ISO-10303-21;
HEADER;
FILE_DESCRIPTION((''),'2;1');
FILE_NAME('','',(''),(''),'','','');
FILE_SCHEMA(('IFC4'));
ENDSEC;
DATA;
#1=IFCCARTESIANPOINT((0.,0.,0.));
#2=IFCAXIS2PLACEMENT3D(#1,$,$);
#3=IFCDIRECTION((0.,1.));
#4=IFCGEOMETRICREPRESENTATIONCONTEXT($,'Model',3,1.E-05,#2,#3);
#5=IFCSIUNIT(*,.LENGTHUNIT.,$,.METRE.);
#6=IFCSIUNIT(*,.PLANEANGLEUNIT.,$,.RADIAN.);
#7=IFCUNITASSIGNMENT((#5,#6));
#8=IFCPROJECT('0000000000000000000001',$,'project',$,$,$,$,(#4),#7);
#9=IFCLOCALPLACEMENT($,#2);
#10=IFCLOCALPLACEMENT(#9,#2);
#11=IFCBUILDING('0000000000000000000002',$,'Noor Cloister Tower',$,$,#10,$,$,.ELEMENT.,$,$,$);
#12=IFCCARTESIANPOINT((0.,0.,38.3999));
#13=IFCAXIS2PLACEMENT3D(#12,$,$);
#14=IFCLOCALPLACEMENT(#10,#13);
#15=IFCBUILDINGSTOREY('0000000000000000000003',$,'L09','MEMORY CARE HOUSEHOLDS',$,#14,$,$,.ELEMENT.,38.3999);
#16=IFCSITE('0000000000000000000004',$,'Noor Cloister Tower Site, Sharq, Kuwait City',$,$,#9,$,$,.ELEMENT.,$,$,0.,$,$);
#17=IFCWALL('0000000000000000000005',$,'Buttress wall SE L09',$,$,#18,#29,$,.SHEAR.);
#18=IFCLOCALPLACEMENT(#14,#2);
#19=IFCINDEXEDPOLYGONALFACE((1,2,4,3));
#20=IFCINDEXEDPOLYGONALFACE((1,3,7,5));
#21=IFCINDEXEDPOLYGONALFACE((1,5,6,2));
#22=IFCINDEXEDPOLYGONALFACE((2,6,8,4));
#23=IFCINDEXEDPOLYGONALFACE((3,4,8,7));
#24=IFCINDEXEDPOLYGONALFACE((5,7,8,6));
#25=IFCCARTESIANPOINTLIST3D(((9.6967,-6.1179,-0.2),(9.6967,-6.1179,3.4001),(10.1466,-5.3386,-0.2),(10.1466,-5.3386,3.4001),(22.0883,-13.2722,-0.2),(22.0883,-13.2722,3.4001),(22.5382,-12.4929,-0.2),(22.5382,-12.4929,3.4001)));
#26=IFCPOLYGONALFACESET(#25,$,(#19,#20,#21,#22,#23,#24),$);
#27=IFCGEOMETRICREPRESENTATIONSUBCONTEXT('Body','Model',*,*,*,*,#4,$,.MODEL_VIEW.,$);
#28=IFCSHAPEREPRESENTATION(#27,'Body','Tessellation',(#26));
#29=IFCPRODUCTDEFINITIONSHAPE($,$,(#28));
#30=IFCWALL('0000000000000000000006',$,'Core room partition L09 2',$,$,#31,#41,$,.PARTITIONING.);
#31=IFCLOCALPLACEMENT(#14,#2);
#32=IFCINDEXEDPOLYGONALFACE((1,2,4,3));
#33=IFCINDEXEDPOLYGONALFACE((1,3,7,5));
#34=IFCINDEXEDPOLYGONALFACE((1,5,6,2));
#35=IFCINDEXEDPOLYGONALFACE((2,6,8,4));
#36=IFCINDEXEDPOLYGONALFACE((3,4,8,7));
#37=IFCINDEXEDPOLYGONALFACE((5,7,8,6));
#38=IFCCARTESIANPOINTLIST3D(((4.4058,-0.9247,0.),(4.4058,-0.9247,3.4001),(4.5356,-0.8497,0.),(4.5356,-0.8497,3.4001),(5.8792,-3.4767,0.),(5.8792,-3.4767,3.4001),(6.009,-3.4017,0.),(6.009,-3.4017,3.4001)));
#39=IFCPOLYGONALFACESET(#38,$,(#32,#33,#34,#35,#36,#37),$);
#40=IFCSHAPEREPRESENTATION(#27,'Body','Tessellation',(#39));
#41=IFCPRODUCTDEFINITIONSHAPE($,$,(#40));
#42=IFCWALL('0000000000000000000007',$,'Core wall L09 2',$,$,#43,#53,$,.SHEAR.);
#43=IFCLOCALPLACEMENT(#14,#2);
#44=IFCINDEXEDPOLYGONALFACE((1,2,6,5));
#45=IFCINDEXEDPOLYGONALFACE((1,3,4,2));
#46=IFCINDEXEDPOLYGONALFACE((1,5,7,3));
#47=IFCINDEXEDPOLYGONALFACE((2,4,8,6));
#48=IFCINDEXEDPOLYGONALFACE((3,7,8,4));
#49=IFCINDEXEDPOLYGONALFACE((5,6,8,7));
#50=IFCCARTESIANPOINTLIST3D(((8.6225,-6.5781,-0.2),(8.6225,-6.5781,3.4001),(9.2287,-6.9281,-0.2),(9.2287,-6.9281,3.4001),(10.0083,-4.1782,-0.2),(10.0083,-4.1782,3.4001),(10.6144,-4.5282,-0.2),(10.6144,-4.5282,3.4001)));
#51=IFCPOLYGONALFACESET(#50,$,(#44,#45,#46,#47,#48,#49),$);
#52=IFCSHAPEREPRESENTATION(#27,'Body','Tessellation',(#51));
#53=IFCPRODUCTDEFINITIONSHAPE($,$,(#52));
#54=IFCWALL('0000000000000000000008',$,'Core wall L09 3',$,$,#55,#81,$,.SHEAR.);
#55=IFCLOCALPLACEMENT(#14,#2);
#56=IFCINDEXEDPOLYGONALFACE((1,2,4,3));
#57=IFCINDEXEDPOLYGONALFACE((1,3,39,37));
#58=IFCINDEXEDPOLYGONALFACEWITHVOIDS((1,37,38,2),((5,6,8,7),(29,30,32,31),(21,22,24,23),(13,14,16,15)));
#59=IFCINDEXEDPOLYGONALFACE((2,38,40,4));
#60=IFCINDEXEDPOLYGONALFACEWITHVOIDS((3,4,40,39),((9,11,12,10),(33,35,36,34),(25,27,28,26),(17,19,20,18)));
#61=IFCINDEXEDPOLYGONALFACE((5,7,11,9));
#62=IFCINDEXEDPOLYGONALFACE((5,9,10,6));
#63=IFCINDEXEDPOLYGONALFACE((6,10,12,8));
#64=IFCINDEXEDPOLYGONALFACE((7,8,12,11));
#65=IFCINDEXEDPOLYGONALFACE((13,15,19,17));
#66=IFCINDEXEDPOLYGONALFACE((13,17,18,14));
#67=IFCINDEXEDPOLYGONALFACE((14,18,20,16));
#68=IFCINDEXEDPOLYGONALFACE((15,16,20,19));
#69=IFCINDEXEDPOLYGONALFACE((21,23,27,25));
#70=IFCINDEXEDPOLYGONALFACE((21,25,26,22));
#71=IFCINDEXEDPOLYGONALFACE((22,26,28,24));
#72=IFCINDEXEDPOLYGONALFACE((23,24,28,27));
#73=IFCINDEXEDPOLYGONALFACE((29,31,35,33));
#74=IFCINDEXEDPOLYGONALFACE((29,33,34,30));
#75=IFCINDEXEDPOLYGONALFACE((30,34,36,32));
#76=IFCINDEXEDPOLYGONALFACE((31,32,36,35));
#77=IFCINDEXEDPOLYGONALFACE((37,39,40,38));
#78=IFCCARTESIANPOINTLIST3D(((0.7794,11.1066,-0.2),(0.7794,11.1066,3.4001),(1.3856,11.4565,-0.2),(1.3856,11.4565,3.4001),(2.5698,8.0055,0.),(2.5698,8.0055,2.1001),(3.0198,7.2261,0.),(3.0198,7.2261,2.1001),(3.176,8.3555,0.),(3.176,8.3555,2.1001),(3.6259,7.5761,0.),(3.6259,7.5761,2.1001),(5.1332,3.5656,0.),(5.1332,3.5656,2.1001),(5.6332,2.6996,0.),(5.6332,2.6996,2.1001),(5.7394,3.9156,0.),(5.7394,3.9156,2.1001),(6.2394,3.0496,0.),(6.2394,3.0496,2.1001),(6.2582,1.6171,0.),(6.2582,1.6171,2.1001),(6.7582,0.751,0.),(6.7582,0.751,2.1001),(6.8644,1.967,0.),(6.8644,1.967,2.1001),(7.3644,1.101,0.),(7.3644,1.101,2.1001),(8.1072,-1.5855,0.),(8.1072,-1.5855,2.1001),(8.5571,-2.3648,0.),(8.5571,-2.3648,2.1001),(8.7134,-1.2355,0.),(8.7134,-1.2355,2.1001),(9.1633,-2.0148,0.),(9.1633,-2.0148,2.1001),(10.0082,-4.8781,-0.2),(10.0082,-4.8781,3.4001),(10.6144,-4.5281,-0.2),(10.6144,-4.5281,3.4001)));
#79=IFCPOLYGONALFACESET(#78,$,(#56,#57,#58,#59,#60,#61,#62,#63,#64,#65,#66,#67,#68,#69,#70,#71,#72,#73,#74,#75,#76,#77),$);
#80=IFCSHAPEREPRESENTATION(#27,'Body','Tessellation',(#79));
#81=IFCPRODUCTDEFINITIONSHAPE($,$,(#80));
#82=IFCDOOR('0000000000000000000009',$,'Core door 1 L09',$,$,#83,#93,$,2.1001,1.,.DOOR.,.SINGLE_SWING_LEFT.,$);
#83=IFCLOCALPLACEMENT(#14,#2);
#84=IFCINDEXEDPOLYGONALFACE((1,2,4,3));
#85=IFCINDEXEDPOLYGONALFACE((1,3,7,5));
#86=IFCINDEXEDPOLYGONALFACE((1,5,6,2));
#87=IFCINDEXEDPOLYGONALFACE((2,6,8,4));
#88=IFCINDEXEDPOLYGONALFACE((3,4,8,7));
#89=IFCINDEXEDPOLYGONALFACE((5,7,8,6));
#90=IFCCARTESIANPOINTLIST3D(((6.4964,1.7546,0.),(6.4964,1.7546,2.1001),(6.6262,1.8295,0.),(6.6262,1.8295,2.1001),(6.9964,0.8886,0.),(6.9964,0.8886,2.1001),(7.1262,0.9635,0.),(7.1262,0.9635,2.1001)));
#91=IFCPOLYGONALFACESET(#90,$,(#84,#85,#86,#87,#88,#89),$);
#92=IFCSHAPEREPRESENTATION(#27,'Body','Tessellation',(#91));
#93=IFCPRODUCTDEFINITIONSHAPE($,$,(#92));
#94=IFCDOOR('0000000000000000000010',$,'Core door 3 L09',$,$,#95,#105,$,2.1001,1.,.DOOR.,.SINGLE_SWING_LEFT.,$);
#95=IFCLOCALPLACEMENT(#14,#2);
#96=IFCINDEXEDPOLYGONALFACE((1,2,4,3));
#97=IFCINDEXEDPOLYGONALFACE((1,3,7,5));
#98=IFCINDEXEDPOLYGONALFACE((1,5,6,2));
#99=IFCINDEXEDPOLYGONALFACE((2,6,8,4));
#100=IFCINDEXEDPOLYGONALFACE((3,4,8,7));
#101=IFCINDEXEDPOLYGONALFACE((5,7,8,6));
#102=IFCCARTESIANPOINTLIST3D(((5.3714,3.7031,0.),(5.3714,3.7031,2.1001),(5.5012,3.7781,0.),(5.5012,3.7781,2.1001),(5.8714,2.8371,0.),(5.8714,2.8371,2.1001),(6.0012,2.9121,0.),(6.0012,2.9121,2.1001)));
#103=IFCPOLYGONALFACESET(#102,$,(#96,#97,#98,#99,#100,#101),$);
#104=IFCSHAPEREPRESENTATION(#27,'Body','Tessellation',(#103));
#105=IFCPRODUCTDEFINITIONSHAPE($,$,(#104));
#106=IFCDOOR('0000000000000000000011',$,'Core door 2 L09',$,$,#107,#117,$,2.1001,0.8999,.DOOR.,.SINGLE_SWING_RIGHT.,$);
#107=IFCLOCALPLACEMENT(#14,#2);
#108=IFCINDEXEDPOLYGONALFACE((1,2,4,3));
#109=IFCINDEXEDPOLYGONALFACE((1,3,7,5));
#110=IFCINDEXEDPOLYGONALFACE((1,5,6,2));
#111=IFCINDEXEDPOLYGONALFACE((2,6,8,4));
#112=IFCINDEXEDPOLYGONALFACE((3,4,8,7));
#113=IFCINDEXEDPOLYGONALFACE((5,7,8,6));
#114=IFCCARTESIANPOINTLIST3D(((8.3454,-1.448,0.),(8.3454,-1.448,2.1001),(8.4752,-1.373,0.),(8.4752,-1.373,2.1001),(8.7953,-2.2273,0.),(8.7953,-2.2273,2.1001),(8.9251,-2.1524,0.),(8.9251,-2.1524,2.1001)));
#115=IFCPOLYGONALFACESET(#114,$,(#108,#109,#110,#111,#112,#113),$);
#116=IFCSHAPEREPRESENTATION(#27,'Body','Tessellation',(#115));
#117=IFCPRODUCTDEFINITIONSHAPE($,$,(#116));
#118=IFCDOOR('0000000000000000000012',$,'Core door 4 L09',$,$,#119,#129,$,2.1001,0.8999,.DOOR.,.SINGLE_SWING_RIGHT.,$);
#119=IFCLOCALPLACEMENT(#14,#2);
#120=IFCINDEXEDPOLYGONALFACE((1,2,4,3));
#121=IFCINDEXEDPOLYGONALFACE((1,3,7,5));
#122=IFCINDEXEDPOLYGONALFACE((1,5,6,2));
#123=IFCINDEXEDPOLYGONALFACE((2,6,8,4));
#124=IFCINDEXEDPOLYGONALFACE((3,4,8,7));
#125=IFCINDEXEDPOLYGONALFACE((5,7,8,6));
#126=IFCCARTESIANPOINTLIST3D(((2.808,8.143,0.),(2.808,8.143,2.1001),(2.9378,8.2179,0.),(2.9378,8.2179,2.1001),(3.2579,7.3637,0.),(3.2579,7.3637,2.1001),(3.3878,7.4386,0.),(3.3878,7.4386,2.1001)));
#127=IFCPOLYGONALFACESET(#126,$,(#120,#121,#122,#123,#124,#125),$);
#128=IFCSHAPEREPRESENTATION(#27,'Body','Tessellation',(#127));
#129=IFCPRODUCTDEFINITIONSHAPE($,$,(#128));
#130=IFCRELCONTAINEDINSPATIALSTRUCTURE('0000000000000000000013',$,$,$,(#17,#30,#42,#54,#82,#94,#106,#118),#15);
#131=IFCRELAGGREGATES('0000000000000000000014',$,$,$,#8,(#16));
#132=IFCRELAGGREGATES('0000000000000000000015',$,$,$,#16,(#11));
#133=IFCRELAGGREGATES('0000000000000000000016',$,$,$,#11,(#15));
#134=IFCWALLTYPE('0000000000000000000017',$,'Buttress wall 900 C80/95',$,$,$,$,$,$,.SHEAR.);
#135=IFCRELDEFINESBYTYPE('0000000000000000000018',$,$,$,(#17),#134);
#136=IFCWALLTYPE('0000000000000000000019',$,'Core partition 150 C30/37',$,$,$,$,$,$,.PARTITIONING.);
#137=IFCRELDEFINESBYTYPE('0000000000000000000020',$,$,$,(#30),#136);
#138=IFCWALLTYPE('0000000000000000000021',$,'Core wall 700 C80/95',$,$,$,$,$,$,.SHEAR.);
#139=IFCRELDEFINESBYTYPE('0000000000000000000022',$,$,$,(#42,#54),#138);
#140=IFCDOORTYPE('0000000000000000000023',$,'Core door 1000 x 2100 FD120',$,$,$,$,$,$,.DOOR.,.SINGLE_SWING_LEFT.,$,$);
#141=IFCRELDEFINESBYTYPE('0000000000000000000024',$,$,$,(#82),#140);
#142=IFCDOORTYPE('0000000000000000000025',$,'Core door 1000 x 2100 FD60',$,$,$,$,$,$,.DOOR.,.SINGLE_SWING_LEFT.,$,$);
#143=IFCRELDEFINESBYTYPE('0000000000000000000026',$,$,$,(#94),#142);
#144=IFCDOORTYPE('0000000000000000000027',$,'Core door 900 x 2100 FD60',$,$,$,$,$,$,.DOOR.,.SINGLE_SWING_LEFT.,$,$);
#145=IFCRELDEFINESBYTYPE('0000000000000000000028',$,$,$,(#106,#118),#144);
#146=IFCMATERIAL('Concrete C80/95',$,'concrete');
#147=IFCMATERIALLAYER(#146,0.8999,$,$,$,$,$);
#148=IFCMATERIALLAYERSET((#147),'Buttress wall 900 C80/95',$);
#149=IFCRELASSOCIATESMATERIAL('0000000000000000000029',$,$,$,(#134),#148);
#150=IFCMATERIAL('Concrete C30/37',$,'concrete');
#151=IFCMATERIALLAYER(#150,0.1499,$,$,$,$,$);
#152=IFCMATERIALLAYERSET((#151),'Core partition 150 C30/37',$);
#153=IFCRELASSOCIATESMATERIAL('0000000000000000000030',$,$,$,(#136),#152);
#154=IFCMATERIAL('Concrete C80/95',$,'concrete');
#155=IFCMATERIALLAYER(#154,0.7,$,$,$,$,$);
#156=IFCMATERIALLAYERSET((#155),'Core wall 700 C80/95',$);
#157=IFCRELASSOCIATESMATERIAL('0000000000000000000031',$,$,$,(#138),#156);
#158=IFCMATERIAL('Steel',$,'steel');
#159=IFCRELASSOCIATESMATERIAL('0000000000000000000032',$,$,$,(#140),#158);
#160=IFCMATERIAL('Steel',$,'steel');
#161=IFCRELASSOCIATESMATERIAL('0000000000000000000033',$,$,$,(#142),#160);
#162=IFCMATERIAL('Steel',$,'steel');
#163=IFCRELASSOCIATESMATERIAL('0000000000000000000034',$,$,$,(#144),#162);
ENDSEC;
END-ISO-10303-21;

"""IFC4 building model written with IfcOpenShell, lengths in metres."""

from ifc_helpers import new_model, si_unit, direction, frame, frame_2d, origin, place, context, subcontext, project, spatial, rectangle, extrude, material, layer, layer_set, type_object, element, fill, save


model = new_model("IFC4")

# Units and contexts
model_context = context("Model", 3, precision=1e-05, world=origin(), true_north=direction((0.0, 1.0)))
body_context = subcontext(model_context, "Body", "Model", "MODEL_VIEW")
ifc_project = project(units=[si_unit("LENGTHUNIT", "METRE"), si_unit("PLANEANGLEUNIT", "RADIAN")], contexts=[model_context])

# Site, building, storey
site_placement = place(None, origin())
site = spatial("IfcSite", under=ifc_project, at=site_placement, Name="Noor Cloister Tower Site, Sharq, Kuwait City", CompositionType="ELEMENT", RefElevation=0.0)
building_placement = place(site_placement, origin())
building = spatial("IfcBuilding", under=site, at=building_placement, Name="Noor Cloister Tower", CompositionType="ELEMENT")
storey_placement = place(building_placement, frame((0.0, 0.0, 38.3999)))
storey = spatial("IfcBuildingStorey", under=building, at=storey_placement, Name="L09", Description="MEMORY CARE HOUSEHOLDS", CompositionType="ELEMENT", Elevation=38.3999)

# Walls
ifc_material_1 = material(Name="Concrete C80/95", Category="concrete")
ifc_layer_1 = layer(ifc_material_1, 0.8999)
ifc_layer_set_1 = layer_set([ifc_layer_1], Name="Buttress wall 900 C80/95")
wall_type_1 = type_object("IfcWallType", Name="Buttress wall 900 C80/95", PredefinedType="SHEAR", material=ifc_layer_set_1)
wall_1_placement = place(storey_placement, frame((9.9216, -5.7283, -0.2), z_axis=(0.0, 0.0, 1.0), x_axis=(0.866025, -0.5, 0.0)))
element("IfcWall", 1, at=wall_1_placement, inside=storey, type_object=wall_type_1, Name="Buttress wall SE L09", PredefinedType="SHEAR", context=body_context, shape_type="SweptSolid", body=[
    extrude(rectangle(XDim=14.3086, YDim=0.8999, at=frame_2d((7.1543, 0.0))), origin(), (0.0, 0.0, 1.0), 3.6001),
])
ifc_material_2 = material(Name="Concrete C30/37", Category="concrete")
ifc_layer_2 = layer(ifc_material_2, 0.1499)
ifc_layer_set_2 = layer_set([ifc_layer_2], Name="Core partition 150 C30/37")
wall_type_2 = type_object("IfcWallType", Name="Core partition 150 C30/37", PredefinedType="PARTITIONING", material=ifc_layer_set_2)
wall_2_placement = place(storey_placement, frame((5.9441, -3.4392, 0.0), z_axis=(0.0, 0.0, 1.0), x_axis=(-0.499997, 0.866027, 0.0)))
element("IfcWall", 2, at=wall_2_placement, inside=storey, type_object=wall_type_2, Name="Core room partition L09 2", PredefinedType="PARTITIONING", context=body_context, shape_type="SweptSolid", body=[
    extrude(rectangle(XDim=2.9468, YDim=0.1499, at=frame_2d((1.4734, 0.0))), origin(), (0.0, 0.0, 1.0), 3.4001),
])
ifc_material_3 = material(Name="Concrete C80/95", Category="concrete")
ifc_layer_3 = layer(ifc_material_3, 0.7)
ifc_layer_set_3 = layer_set([ifc_layer_3], Name="Core wall 700 C80/95")
wall_type_3 = type_object("IfcWallType", Name="Core wall 700 C80/95", PredefinedType="SHEAR", material=ifc_layer_set_3)
wall_3_placement = place(storey_placement, frame((8.9255, -6.7532, -0.2), z_axis=(0.0, 0.0, 1.0), x_axis=(0.500043, 0.866001, 0.0)))
element("IfcWall", 3, at=wall_3_placement, inside=storey, type_object=wall_type_3, Name="Core wall L09 2", PredefinedType="SHEAR", context=body_context, shape_type="SweptSolid", body=[
    extrude(rectangle(XDim=2.7712, YDim=0.7, at=frame_2d((1.3857, 0.0))), origin(), (0.0, 0.0, 1.0), 3.6001),
])

# Wall, openings, doors
wall_4_placement = place(storey_placement, frame((10.3113, -4.7031, -0.2), z_axis=(0.0, 0.0, 1.0), x_axis=(-0.500001, 0.866025, 0.0)))
wall_4 = element("IfcWall", 4, at=wall_4_placement, inside=storey, type_object=wall_type_3, Name="Core wall L09 3", PredefinedType="SHEAR", context=body_context, shape_type="SweptSolid", body=[
    extrude(rectangle(XDim=18.4575, YDim=0.7, at=frame_2d((9.2288, 0.0))), origin(), (0.0, 0.0, 1.0), 3.6001),
])
opening_1_placement = place(wall_4_placement, frame((6.5, 0.0, 0.2)))
opening_1 = element("IfcOpeningElement", 5, at=opening_1_placement, cuts=wall_4, PredefinedType="OPENING", context=body_context, shape_type="SweptSolid", body=[
    extrude(rectangle(XDim=1.0, YDim=2.1001, at=frame_2d((0.5, 1.05))), frame((0.0, 0.3599, 0.0), z_axis=(0.0, -1.0, 0.0), x_axis=(1.0, 0.0, 0.0)), (0.0, 0.0, 1.0), 0.72),
])
opening_2_placement = place(wall_4_placement, frame((2.9021, 0.0, 0.2)))
opening_2 = element("IfcOpeningElement", 6, at=opening_2_placement, cuts=wall_4, PredefinedType="OPENING", context=body_context, shape_type="SweptSolid", body=[
    extrude(rectangle(XDim=0.8999, YDim=2.1001, at=frame_2d((0.45, 1.05))), frame((0.0, 0.3599, 0.0), z_axis=(0.0, -1.0, 0.0), x_axis=(1.0, 0.0, 0.0)), (0.0, 0.0, 1.0), 0.72),
])
opening_3_placement = place(wall_4_placement, frame((8.75, 0.0, 0.2)))
opening_3 = element("IfcOpeningElement", 7, at=opening_3_placement, cuts=wall_4, PredefinedType="OPENING", context=body_context, shape_type="SweptSolid", body=[
    extrude(rectangle(XDim=1.0, YDim=2.1001, at=frame_2d((0.5, 1.05))), frame((0.0, 0.3599, 0.0), z_axis=(0.0, -1.0, 0.0), x_axis=(1.0, 0.0, 0.0)), (0.0, 0.0, 1.0), 0.72),
])
opening_4_placement = place(wall_4_placement, frame((13.9768, 0.0, 0.2)))
opening_4 = element("IfcOpeningElement", 8, at=opening_4_placement, cuts=wall_4, PredefinedType="OPENING", context=body_context, shape_type="SweptSolid", body=[
    extrude(rectangle(XDim=0.8999, YDim=2.1001, at=frame_2d((0.45, 1.05))), frame((0.0, 0.3599, 0.0), z_axis=(0.0, -1.0, 0.0), x_axis=(1.0, 0.0, 0.0)), (0.0, 0.0, 1.0), 0.72),
])
ifc_material_4 = material(Name="Steel", Category="steel")
door_type_1 = type_object("IfcDoorType", Name="Core door 1000 x 2100 FD120", OperationType="SINGLE_SWING_LEFT", PredefinedType="DOOR", material=ifc_material_4)
door_1_placement = place(opening_1_placement, origin())
door_1 = element("IfcDoor", 9, at=door_1_placement, inside=storey, type_object=door_type_1, Name="Core door 1 L09", OperationType="SINGLE_SWING_LEFT", OverallHeight=2.1001, OverallWidth=1.0, PredefinedType="DOOR", context=body_context, shape_type="SweptSolid", body=[
    extrude(rectangle(XDim=1.0, YDim=2.1001, at=frame_2d((0.5, 1.05))), frame((0.0, 0.075, 0.0), z_axis=(0.0, -1.0, 0.0), x_axis=(1.0, 0.0, 0.0)), (0.0, 0.0, 1.0), 0.1499),
])
fill(opening_1, door_1)
ifc_material_5 = material(Name="Steel", Category="steel")
door_type_2 = type_object("IfcDoorType", Name="Core door 1000 x 2100 FD60", OperationType="SINGLE_SWING_LEFT", PredefinedType="DOOR", material=ifc_material_5)
door_2_placement = place(opening_3_placement, origin())
door_2 = element("IfcDoor", 10, at=door_2_placement, inside=storey, type_object=door_type_2, Name="Core door 3 L09", OperationType="SINGLE_SWING_LEFT", OverallHeight=2.1001, OverallWidth=1.0, PredefinedType="DOOR", context=body_context, shape_type="SweptSolid", body=[
    extrude(rectangle(XDim=1.0, YDim=2.1001, at=frame_2d((0.5, 1.05))), frame((0.0, 0.075, 0.0), z_axis=(0.0, -1.0, 0.0), x_axis=(1.0, 0.0, 0.0)), (0.0, 0.0, 1.0), 0.1499),
])
fill(opening_3, door_2)
ifc_material_6 = material(Name="Steel", Category="steel")
door_type_3 = type_object("IfcDoorType", Name="Core door 900 x 2100 FD60", OperationType="SINGLE_SWING_LEFT", PredefinedType="DOOR", material=ifc_material_6)
door_3_placement = place(opening_2_placement, origin())
door_3 = element("IfcDoor", 11, at=door_3_placement, inside=storey, type_object=door_type_3, Name="Core door 2 L09", OperationType="SINGLE_SWING_RIGHT", OverallHeight=2.1001, OverallWidth=0.8999, PredefinedType="DOOR", context=body_context, shape_type="SweptSolid", body=[
    extrude(rectangle(XDim=0.8999, YDim=2.1001, at=frame_2d((0.45, 1.05))), frame((0.0, 0.075, 0.0), z_axis=(0.0, -1.0, 0.0), x_axis=(1.0, 0.0, 0.0)), (0.0, 0.0, 1.0), 0.1499),
])
fill(opening_2, door_3)
door_4_placement = place(opening_4_placement, origin())
door_4 = element("IfcDoor", 12, at=door_4_placement, inside=storey, type_object=door_type_3, Name="Core door 4 L09", OperationType="SINGLE_SWING_RIGHT", OverallHeight=2.1001, OverallWidth=0.8999, PredefinedType="DOOR", context=body_context, shape_type="SweptSolid", body=[
    extrude(rectangle(XDim=0.8999, YDim=2.1001, at=frame_2d((0.45, 1.05))), frame((0.0, 0.075, 0.0), z_axis=(0.0, -1.0, 0.0), x_axis=(1.0, 0.0, 0.0)), (0.0, 0.0, 1.0), 0.1499),
])
fill(opening_4, door_4)

save(model, "model.ifc")
